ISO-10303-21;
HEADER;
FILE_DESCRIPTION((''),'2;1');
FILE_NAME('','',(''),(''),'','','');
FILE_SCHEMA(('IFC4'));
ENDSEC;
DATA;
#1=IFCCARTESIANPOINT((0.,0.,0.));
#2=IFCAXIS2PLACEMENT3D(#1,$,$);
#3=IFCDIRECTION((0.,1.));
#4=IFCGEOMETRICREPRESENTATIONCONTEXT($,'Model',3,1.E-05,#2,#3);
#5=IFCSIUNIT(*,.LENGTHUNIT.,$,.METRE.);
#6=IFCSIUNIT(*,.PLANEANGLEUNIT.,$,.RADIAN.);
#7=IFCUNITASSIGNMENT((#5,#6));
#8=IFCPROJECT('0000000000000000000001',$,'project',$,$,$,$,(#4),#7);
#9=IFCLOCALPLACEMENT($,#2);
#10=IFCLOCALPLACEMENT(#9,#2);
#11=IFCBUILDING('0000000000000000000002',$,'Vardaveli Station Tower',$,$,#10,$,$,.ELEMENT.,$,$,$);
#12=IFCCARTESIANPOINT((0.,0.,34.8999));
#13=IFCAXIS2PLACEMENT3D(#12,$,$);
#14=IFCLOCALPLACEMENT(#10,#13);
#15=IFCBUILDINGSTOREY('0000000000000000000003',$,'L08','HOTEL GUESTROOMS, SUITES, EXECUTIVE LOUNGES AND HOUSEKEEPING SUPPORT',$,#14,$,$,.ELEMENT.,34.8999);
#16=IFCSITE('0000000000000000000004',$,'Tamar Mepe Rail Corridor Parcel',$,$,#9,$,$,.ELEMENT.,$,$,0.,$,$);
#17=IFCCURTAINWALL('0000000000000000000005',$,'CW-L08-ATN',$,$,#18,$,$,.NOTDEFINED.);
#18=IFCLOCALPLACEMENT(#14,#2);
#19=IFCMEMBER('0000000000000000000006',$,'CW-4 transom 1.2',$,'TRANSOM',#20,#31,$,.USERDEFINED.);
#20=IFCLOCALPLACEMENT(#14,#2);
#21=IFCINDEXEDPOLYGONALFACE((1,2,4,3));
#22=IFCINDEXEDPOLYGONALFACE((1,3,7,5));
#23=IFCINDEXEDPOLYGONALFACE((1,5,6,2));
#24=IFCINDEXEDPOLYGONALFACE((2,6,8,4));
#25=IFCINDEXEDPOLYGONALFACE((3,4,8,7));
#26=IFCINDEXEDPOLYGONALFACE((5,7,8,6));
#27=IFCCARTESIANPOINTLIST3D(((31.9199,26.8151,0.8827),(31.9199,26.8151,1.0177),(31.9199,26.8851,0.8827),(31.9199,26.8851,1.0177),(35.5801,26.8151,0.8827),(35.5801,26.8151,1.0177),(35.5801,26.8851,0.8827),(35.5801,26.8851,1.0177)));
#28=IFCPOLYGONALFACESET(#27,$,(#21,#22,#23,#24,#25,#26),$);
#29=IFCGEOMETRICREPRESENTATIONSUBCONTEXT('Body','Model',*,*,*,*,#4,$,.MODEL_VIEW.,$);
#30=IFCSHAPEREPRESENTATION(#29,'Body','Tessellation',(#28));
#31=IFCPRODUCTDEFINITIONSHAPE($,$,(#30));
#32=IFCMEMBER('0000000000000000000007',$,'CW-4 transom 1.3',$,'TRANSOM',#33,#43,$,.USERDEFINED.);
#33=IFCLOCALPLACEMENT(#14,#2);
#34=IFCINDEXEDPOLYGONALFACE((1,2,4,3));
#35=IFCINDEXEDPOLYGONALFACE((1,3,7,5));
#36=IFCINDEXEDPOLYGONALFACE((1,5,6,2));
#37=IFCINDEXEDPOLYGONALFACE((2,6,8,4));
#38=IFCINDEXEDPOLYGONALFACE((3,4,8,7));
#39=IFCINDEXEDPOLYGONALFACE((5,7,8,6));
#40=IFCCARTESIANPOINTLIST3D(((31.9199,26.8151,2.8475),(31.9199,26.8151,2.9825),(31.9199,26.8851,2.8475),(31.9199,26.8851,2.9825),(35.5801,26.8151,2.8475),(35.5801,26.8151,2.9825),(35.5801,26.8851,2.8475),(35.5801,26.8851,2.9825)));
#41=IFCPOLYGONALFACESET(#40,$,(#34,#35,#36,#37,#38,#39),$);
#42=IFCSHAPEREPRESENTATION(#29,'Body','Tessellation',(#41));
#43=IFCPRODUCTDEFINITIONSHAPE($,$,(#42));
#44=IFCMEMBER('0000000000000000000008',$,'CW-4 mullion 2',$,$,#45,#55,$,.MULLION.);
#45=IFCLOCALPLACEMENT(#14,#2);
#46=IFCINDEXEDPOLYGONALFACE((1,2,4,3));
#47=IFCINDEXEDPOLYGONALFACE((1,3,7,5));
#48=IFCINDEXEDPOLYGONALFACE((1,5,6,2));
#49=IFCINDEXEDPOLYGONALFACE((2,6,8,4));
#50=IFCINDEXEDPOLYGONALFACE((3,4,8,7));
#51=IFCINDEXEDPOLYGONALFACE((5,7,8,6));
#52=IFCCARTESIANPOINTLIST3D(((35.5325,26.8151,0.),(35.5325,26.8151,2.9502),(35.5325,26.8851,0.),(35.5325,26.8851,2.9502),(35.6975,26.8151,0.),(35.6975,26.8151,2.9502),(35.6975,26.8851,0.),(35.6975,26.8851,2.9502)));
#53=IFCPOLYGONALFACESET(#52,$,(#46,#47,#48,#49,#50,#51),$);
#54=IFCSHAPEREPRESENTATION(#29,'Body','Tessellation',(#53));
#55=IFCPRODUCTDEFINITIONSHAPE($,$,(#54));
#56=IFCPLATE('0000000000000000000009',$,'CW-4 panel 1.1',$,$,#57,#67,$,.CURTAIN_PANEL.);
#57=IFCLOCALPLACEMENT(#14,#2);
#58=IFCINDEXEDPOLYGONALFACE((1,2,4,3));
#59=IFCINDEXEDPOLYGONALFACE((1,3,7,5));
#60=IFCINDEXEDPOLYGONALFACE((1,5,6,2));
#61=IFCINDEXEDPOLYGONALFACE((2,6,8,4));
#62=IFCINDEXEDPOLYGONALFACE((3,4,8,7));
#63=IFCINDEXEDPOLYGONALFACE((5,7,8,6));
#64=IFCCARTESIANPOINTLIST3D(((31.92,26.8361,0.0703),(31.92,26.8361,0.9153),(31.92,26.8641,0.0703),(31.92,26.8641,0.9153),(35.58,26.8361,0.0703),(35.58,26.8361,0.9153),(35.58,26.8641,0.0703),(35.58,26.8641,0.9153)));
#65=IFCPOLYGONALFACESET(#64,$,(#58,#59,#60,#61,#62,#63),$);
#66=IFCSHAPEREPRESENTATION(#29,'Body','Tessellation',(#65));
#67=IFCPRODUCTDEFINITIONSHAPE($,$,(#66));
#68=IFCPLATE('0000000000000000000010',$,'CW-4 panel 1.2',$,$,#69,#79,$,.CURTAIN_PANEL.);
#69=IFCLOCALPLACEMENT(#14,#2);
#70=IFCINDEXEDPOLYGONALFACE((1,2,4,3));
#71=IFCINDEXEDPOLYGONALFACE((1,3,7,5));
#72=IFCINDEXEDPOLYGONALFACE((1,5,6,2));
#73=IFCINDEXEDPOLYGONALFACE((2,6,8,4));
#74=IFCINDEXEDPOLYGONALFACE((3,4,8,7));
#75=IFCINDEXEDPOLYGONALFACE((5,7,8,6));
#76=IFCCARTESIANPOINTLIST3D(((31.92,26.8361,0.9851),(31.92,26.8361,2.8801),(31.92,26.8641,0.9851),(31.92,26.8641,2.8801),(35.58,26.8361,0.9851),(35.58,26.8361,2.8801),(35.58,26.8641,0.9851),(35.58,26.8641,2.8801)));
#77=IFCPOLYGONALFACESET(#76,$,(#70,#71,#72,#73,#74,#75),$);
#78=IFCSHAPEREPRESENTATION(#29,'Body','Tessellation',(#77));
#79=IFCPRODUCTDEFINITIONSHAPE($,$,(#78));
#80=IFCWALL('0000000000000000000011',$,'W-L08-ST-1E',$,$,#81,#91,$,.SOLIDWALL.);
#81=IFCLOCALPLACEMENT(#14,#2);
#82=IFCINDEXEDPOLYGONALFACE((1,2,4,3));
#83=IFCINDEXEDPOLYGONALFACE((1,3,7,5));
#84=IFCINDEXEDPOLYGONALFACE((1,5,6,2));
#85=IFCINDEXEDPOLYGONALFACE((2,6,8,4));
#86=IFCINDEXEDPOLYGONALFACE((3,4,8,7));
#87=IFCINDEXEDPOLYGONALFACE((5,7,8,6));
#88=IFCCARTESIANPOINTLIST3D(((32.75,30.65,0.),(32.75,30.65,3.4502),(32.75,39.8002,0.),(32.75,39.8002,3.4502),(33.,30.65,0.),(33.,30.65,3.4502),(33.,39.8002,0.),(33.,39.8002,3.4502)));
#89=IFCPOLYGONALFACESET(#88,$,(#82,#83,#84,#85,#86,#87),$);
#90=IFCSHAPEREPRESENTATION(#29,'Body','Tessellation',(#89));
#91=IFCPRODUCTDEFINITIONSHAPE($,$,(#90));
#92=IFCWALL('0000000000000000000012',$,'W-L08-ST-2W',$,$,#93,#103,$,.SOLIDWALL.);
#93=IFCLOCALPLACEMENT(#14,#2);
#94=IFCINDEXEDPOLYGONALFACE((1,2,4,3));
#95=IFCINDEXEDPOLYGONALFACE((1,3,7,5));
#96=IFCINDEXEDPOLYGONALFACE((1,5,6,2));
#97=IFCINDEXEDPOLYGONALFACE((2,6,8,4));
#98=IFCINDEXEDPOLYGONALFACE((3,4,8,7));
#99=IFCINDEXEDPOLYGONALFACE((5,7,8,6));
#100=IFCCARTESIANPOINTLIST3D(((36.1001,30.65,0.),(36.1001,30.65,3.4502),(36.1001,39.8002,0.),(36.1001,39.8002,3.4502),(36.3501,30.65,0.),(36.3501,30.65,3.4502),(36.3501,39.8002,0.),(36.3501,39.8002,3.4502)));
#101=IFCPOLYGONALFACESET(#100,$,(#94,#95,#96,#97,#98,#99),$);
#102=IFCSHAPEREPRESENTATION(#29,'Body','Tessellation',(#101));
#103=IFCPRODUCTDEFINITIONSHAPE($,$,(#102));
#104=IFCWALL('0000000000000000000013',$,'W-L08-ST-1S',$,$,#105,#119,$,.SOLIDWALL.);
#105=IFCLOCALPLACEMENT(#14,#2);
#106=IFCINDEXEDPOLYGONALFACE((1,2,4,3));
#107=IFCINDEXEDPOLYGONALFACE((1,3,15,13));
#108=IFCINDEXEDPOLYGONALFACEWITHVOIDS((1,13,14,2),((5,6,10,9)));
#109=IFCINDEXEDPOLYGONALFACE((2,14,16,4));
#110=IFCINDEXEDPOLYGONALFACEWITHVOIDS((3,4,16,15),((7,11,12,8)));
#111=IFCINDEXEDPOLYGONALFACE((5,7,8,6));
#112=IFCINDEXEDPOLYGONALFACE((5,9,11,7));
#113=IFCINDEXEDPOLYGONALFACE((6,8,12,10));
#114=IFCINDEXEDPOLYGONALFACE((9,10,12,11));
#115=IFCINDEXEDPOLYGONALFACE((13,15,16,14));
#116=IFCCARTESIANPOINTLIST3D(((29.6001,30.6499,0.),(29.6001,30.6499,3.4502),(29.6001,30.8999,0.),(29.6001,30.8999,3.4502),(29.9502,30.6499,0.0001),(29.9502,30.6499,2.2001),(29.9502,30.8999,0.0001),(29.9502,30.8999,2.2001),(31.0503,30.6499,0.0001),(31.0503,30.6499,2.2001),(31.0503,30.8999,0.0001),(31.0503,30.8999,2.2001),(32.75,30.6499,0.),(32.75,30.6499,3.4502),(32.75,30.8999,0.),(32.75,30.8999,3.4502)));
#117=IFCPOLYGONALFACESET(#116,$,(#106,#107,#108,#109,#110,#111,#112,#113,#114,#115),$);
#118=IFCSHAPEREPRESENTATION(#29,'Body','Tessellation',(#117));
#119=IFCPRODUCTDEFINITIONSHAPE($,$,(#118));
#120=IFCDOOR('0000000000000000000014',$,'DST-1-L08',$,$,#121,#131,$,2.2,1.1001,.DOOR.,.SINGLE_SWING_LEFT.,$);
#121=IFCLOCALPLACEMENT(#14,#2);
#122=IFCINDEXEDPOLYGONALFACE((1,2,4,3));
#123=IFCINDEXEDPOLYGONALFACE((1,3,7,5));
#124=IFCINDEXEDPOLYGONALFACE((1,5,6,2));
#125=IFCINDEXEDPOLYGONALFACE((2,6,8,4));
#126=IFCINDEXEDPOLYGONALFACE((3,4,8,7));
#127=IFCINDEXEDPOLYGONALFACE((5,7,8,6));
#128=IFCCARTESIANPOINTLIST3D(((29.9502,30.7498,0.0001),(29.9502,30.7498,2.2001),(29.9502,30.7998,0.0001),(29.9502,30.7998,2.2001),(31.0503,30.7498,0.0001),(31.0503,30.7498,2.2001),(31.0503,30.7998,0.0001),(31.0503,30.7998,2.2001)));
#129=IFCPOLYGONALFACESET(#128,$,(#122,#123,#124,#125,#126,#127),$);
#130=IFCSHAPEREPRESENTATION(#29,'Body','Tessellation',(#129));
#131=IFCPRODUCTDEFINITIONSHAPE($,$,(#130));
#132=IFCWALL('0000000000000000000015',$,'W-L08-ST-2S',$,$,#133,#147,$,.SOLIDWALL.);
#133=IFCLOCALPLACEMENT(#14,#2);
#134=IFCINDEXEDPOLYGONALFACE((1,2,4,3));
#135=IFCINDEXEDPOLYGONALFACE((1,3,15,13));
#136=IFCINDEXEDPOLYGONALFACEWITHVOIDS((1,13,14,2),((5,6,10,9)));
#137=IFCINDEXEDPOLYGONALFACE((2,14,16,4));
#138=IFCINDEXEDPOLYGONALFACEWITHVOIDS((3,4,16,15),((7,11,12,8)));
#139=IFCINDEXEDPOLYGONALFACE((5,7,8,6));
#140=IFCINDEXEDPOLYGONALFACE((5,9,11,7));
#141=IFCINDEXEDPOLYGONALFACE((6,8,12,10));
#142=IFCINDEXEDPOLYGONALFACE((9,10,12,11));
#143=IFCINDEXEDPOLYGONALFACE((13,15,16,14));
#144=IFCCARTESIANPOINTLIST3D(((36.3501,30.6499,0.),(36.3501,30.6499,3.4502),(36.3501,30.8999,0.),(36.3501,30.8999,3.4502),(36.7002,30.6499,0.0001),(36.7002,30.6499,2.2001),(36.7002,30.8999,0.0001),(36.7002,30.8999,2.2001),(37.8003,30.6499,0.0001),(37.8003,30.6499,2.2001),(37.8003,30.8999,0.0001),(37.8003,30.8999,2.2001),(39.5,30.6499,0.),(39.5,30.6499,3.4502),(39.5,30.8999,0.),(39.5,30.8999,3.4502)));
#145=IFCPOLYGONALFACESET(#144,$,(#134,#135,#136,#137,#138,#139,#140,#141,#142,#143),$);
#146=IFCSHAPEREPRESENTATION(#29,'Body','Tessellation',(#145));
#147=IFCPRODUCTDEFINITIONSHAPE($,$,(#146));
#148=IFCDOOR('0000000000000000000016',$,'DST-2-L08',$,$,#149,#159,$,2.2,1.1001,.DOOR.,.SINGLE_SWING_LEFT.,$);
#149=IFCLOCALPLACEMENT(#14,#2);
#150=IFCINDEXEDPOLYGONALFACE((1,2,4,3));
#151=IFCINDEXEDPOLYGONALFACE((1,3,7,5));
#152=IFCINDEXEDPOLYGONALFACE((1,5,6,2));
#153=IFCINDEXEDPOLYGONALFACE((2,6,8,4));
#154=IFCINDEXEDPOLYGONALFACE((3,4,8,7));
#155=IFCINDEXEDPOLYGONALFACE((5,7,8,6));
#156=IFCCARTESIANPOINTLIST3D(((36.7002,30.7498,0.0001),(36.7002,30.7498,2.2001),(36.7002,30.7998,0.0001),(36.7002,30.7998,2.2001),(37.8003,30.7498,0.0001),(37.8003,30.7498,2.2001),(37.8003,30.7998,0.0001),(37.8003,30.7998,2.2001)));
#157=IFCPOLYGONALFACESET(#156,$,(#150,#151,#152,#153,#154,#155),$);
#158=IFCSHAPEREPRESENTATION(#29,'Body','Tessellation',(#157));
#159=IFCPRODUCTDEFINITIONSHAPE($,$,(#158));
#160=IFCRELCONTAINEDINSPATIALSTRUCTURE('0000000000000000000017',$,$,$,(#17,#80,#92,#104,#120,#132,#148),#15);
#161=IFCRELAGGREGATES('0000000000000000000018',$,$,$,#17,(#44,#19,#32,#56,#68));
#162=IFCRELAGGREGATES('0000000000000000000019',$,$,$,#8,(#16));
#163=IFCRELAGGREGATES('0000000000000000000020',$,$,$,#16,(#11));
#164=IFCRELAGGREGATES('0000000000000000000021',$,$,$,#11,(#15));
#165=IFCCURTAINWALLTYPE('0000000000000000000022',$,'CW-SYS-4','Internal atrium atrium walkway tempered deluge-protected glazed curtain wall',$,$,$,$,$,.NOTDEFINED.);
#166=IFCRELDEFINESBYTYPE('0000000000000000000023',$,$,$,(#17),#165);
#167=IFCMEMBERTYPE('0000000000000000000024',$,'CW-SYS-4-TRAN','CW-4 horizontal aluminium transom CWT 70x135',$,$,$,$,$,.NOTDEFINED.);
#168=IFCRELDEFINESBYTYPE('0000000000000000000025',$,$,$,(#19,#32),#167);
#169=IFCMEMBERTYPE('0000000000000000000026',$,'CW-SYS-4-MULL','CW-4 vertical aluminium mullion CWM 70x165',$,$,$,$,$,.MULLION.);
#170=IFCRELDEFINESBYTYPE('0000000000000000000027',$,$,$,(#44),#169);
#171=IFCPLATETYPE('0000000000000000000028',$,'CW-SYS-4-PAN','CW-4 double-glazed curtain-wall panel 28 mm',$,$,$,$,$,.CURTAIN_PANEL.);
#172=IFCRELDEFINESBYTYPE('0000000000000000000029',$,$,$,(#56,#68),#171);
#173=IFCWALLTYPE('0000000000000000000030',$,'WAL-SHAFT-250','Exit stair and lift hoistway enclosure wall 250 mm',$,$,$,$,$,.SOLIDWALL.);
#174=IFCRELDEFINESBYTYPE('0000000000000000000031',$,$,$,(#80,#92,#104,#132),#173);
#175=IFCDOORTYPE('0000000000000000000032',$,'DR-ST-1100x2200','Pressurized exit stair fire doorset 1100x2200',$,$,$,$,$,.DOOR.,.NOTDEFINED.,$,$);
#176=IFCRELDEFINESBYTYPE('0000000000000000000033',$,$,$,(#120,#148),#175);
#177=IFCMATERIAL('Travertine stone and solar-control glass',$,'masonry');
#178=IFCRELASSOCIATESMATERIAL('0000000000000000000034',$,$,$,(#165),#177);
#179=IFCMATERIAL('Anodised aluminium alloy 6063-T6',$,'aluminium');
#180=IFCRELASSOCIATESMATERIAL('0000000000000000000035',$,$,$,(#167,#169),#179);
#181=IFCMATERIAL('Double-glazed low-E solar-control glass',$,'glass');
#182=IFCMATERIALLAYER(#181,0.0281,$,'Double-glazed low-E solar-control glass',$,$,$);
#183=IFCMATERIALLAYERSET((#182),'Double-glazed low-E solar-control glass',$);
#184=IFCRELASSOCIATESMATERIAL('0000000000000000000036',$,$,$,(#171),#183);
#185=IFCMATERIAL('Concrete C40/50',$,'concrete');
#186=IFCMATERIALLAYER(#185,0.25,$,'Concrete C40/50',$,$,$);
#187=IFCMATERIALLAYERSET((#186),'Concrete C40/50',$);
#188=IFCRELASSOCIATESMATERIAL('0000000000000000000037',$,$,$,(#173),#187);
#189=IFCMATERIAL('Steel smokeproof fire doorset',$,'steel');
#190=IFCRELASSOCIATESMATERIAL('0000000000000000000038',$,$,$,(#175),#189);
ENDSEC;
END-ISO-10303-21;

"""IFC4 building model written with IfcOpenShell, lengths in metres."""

from ifc_helpers import new_model, si_unit, direction, frame, frame_2d, origin, origin_2d, place, context, subcontext, project, spatial, rectangle, extrude, source, transform, mapped, material, layer, layer_set, material_profile, profile_set, type_object, element, fill, aggregate, save


model = new_model("IFC4")

# Units and contexts
model_context = context("Model", 3, precision=1e-05, world=origin(), true_north=direction((0.0, 1.0)))
body_context = subcontext(model_context, "Body", "Model", "MODEL_VIEW")
ifc_project = project(units=[si_unit("LENGTHUNIT", "METRE"), si_unit("PLANEANGLEUNIT", "RADIAN")], contexts=[model_context])

# Site, building, storey
site_placement = place(None, origin())
site = spatial("IfcSite", under=ifc_project, at=site_placement, Name="Tamar Mepe Rail Corridor Parcel", CompositionType="ELEMENT", RefElevation=0.0)
building_placement = place(site_placement, origin())
building = spatial("IfcBuilding", under=site, at=building_placement, Name="Vardaveli Station Tower", CompositionType="ELEMENT")
storey_placement = place(building_placement, frame((0.0, 0.0, 34.8999)))
storey = spatial("IfcBuildingStorey", under=building, at=storey_placement, Name="L08", Description="HOTEL GUESTROOMS, SUITES, EXECUTIVE LOUNGES AND HOUSEKEEPING SUPPORT", CompositionType="ELEMENT", Elevation=34.8999)

# Curtain wall, members, plates
ifc_material_1 = material(Name="Travertine stone and solar-control glass", Category="masonry")
curtain_wall_type = type_object("IfcCurtainWallType", Name="CW-SYS-4", Description="Internal atrium atrium walkway tempered deluge-protected glazed curtain wall", PredefinedType="NOTDEFINED", material=ifc_material_1)
curtain_wall_placement = place(storey_placement, origin())
curtain_wall = element("IfcCurtainWall", 1, at=curtain_wall_placement, inside=storey, type_object=curtain_wall_type, Name="CW-L08-ATN", PredefinedType="NOTDEFINED")
ifc_material_2 = material(Name="Anodised aluminium alloy 6063-T6", Category="aluminium")
ifc_material_profile_1 = material_profile(ifc_material_2, rectangle(XDim=0.0701, YDim=0.135, at=origin_2d()), Name="CWT 70x135")
ifc_profile_set_1 = profile_set([ifc_material_profile_1], Name="Anodised aluminium alloy 6063-T6")
member_type_1 = type_object("IfcMemberType", Name="CW-SYS-4-TRAN", Description="CW-4 horizontal aluminium transom CWT 70x135", PredefinedType="NOTDEFINED", material=ifc_profile_set_1)
shared_shape_1 = source(origin(), body_context, "Body", "SweptSolid", [
    extrude(rectangle(XDim=0.0701, YDim=0.135, at=origin_2d()), origin(), (0.0, 0.0, 1.0), 3.6602),
])
member_1_placement = place(storey_placement, frame((31.9199, 26.8501, 0.9502), z_axis=(1.0, 0.0, 0.0), x_axis=(0.0, 1.0, 0.0)))
member_1 = element("IfcMember", 2, at=member_1_placement, type_object=member_type_1, Name="CW-4 transom 1.2", ObjectType="TRANSOM", PredefinedType="USERDEFINED", context=body_context, shape_type="MappedRepresentation", body=[
    mapped(shared_shape_1, transform((0.0, 0.0, 0.0), scale=1.0)),
])
member_2_placement = place(storey_placement, frame((31.9199, 26.8501, 2.915), z_axis=(1.0, 0.0, 0.0), x_axis=(0.0, 1.0, 0.0)))
member_2 = element("IfcMember", 3, at=member_2_placement, type_object=member_type_1, Name="CW-4 transom 1.3", ObjectType="TRANSOM", PredefinedType="USERDEFINED", context=body_context, shape_type="MappedRepresentation", body=[
    mapped(shared_shape_1, transform((0.0, 0.0, 0.0), scale=1.0)),
])
ifc_material_profile_2 = material_profile(ifc_material_2, rectangle(XDim=0.0701, YDim=0.165, at=origin_2d()), Name="CWM 70x165")
ifc_profile_set_2 = profile_set([ifc_material_profile_2], Name="Anodised aluminium alloy 6063-T6")
member_type_2 = type_object("IfcMemberType", Name="CW-SYS-4-MULL", Description="CW-4 vertical aluminium mullion CWM 70x165", PredefinedType="MULLION", material=ifc_profile_set_2)
shared_shape_2 = source(origin(), body_context, "Body", "SweptSolid", [
    extrude(rectangle(XDim=0.0701, YDim=0.165, at=origin_2d()), origin(), (0.0, 0.0, 1.0), 2.9502),
])
member_3_placement = place(storey_placement, frame((35.615, 26.8501, 0.0), z_axis=(0.0, 0.0, 1.0), x_axis=(0.0, 1.0, 0.0)))
member_3 = element("IfcMember", 4, at=member_3_placement, type_object=member_type_2, Name="CW-4 mullion 2", PredefinedType="MULLION", context=body_context, shape_type="MappedRepresentation", body=[
    mapped(shared_shape_2, transform((0.0, 0.0, 0.0), scale=1.0)),
])
ifc_material_3 = material(Name="Double-glazed low-E solar-control glass", Category="glass")
ifc_layer_1 = layer(ifc_material_3, 0.0281, Name="Double-glazed low-E solar-control glass")
ifc_layer_set_1 = layer_set([ifc_layer_1], Name="Double-glazed low-E solar-control glass")
plate_type = type_object("IfcPlateType", Name="CW-SYS-4-PAN", Description="CW-4 double-glazed curtain-wall panel 28 mm", PredefinedType="CURTAIN_PANEL", material=ifc_layer_set_1)
shared_shape_3 = source(origin(), body_context, "Body", "SweptSolid", [
    extrude(rectangle(XDim=3.6599, YDim=0.0281, at=origin_2d()), origin(), (0.0, 0.0, 1.0), 0.845),
])
plate_1_placement = place(storey_placement, frame((33.75, 26.8501, 0.0703), z_axis=(0.0, 0.0, 1.0), x_axis=(1.0, 0.0, 0.0)))
plate_1 = element("IfcPlate", 5, at=plate_1_placement, type_object=plate_type, Name="CW-4 panel 1.1", PredefinedType="CURTAIN_PANEL", context=body_context, shape_type="MappedRepresentation", body=[
    mapped(shared_shape_3, transform((0.0, 0.0, 0.0), scale=1.0)),
])
shared_shape_4 = source(origin(), body_context, "Body", "SweptSolid", [
    extrude(rectangle(XDim=3.6599, YDim=0.0281, at=origin_2d()), origin(), (0.0, 0.0, 1.0), 1.895),
])
plate_2_placement = place(storey_placement, frame((33.75, 26.8501, 0.9851), z_axis=(0.0, 0.0, 1.0), x_axis=(1.0, 0.0, 0.0)))
plate_2 = element("IfcPlate", 6, at=plate_2_placement, type_object=plate_type, Name="CW-4 panel 1.2", PredefinedType="CURTAIN_PANEL", context=body_context, shape_type="MappedRepresentation", body=[
    mapped(shared_shape_4, transform((0.0, 0.0, 0.0), scale=1.0)),
])
aggregate(curtain_wall, [member_3, member_1, member_2, plate_1, plate_2])

# Walls
ifc_material_4 = material(Name="Concrete C40/50", Category="concrete")
ifc_layer_2 = layer(ifc_material_4, 0.25, Name="Concrete C40/50")
ifc_layer_set_2 = layer_set([ifc_layer_2], Name="Concrete C40/50")
wall_type_1 = type_object("IfcWallType", Name="WAL-SHAFT-250", Description="Exit stair and lift hoistway enclosure wall 250 mm", PredefinedType="SOLIDWALL", material=ifc_layer_set_2)
shared_shape_5 = source(origin(), body_context, "Body", "SweptSolid", [
    extrude(rectangle(XDim=9.1501, YDim=0.25, at=frame_2d((4.5752, 0.0))), origin(), (0.0, 0.0, 1.0), 3.4502),
])
for number, where, z_axis, x_axis, name in (
    (7, (32.875, 30.6499, 0.0), (0.0, 0.0, 1.0), (0.0, 1.0, 0.0), "W-L08-ST-1E"),
    (8, (36.2251, 30.6499, 0.0), (0.0, 0.0, 1.0), (0.0, 1.0, 0.0), "W-L08-ST-2W"),
):
    element("IfcWall", number, at=place(storey_placement, frame(where, z_axis=z_axis, x_axis=x_axis)), inside=storey, type_object=wall_type_1, Name=name, PredefinedType="SOLIDWALL", context=body_context, shape_type="MappedRepresentation", body=[
        mapped(shared_shape_5, transform((0.0, 0.0, 0.0), scale=1.0)),
    ])

# Walls, openings, doors
shared_shape_6 = source(origin(), body_context, "Body", "SweptSolid", [
    extrude(rectangle(XDim=3.1499, YDim=0.25, at=frame_2d((1.575, 0.0))), origin(), (0.0, 0.0, 1.0), 3.4502),
])
wall_1_placement = place(storey_placement, frame((29.6001, 30.7749, 0.0), z_axis=(0.0, 0.0, 1.0), x_axis=(1.0, 0.0, 0.0)))
wall_1 = element("IfcWall", 9, at=wall_1_placement, inside=storey, type_object=wall_type_1, Name="W-L08-ST-1S", PredefinedType="SOLIDWALL", context=body_context, shape_type="MappedRepresentation", body=[
    mapped(shared_shape_6, transform((0.0, 0.0, 0.0), scale=1.0)),
])
shared_shape_7 = source(origin(), body_context, "Body", "SweptSolid", [
    extrude(rectangle(XDim=1.1001, YDim=2.2, at=frame_2d((0.55, 1.1001))), frame((0.0, 0.135, 0.0), z_axis=(0.0, -1.0, 0.0), x_axis=(1.0, 0.0, 0.0)), (0.0, 0.0, 1.0), 0.27),
])
opening_1_placement = place(wall_1_placement, frame((0.3501, 0.0, 0.0)))
opening_1 = element("IfcOpeningElement", 10, at=opening_1_placement, cuts=wall_1, PredefinedType="OPENING", context=body_context, shape_type="MappedRepresentation", body=[
    mapped(shared_shape_7, transform((0.0, 0.0, 0.0), scale=1.0)),
])
ifc_material_5 = material(Name="Steel smokeproof fire doorset", Category="steel")
door_type_1 = type_object("IfcDoorType", Name="DR-ST-1100x2200", Description="Pressurized exit stair fire doorset 1100x2200", OperationType="NOTDEFINED", PredefinedType="DOOR", material=ifc_material_5)
shared_shape_8 = source(origin(), body_context, "Body", "SweptSolid", [
    extrude(rectangle(XDim=1.1001, YDim=2.2, at=frame_2d((0.55, 1.1001))), frame((0.0, 0.0249, 0.0), z_axis=(0.0, -1.0, 0.0), x_axis=(1.0, 0.0, 0.0)), (0.0, 0.0, 1.0), 0.05),
])
door_1_placement = place(opening_1_placement, origin())
door_1 = element("IfcDoor", 11, at=door_1_placement, inside=storey, type_object=door_type_1, Name="DST-1-L08", OperationType="SINGLE_SWING_LEFT", OverallHeight=2.2, OverallWidth=1.1001, PredefinedType="DOOR", context=body_context, shape_type="MappedRepresentation", body=[
    mapped(shared_shape_8, transform((0.0, 0.0, 0.0), scale=1.0)),
])
fill(opening_1, door_1)
wall_2_placement = place(storey_placement, frame((36.3501, 30.7749, 0.0), z_axis=(0.0, 0.0, 1.0), x_axis=(1.0, 0.0, 0.0)))
wall_2 = element("IfcWall", 12, at=wall_2_placement, inside=storey, type_object=wall_type_1, Name="W-L08-ST-2S", PredefinedType="SOLIDWALL", context=body_context, shape_type="MappedRepresentation", body=[
    mapped(shared_shape_6, transform((0.0, 0.0, 0.0), scale=1.0)),
])
opening_2_placement = place(wall_2_placement, frame((0.3501, 0.0, 0.0)))
opening_2 = element("IfcOpeningElement", 13, at=opening_2_placement, cuts=wall_2, PredefinedType="OPENING", context=body_context, shape_type="MappedRepresentation", body=[
    mapped(shared_shape_7, transform((0.0, 0.0, 0.0), scale=1.0)),
])
door_2_placement = place(opening_2_placement, origin())
door_2 = element("IfcDoor", 14, at=door_2_placement, inside=storey, type_object=door_type_1, Name="DST-2-L08", OperationType="SINGLE_SWING_LEFT", OverallHeight=2.2, OverallWidth=1.1001, PredefinedType="DOOR", context=body_context, shape_type="MappedRepresentation", body=[
    mapped(shared_shape_8, transform((0.0, 0.0, 0.0), scale=1.0)),
])
fill(opening_2, door_2)

save(model, "model.ifc")
